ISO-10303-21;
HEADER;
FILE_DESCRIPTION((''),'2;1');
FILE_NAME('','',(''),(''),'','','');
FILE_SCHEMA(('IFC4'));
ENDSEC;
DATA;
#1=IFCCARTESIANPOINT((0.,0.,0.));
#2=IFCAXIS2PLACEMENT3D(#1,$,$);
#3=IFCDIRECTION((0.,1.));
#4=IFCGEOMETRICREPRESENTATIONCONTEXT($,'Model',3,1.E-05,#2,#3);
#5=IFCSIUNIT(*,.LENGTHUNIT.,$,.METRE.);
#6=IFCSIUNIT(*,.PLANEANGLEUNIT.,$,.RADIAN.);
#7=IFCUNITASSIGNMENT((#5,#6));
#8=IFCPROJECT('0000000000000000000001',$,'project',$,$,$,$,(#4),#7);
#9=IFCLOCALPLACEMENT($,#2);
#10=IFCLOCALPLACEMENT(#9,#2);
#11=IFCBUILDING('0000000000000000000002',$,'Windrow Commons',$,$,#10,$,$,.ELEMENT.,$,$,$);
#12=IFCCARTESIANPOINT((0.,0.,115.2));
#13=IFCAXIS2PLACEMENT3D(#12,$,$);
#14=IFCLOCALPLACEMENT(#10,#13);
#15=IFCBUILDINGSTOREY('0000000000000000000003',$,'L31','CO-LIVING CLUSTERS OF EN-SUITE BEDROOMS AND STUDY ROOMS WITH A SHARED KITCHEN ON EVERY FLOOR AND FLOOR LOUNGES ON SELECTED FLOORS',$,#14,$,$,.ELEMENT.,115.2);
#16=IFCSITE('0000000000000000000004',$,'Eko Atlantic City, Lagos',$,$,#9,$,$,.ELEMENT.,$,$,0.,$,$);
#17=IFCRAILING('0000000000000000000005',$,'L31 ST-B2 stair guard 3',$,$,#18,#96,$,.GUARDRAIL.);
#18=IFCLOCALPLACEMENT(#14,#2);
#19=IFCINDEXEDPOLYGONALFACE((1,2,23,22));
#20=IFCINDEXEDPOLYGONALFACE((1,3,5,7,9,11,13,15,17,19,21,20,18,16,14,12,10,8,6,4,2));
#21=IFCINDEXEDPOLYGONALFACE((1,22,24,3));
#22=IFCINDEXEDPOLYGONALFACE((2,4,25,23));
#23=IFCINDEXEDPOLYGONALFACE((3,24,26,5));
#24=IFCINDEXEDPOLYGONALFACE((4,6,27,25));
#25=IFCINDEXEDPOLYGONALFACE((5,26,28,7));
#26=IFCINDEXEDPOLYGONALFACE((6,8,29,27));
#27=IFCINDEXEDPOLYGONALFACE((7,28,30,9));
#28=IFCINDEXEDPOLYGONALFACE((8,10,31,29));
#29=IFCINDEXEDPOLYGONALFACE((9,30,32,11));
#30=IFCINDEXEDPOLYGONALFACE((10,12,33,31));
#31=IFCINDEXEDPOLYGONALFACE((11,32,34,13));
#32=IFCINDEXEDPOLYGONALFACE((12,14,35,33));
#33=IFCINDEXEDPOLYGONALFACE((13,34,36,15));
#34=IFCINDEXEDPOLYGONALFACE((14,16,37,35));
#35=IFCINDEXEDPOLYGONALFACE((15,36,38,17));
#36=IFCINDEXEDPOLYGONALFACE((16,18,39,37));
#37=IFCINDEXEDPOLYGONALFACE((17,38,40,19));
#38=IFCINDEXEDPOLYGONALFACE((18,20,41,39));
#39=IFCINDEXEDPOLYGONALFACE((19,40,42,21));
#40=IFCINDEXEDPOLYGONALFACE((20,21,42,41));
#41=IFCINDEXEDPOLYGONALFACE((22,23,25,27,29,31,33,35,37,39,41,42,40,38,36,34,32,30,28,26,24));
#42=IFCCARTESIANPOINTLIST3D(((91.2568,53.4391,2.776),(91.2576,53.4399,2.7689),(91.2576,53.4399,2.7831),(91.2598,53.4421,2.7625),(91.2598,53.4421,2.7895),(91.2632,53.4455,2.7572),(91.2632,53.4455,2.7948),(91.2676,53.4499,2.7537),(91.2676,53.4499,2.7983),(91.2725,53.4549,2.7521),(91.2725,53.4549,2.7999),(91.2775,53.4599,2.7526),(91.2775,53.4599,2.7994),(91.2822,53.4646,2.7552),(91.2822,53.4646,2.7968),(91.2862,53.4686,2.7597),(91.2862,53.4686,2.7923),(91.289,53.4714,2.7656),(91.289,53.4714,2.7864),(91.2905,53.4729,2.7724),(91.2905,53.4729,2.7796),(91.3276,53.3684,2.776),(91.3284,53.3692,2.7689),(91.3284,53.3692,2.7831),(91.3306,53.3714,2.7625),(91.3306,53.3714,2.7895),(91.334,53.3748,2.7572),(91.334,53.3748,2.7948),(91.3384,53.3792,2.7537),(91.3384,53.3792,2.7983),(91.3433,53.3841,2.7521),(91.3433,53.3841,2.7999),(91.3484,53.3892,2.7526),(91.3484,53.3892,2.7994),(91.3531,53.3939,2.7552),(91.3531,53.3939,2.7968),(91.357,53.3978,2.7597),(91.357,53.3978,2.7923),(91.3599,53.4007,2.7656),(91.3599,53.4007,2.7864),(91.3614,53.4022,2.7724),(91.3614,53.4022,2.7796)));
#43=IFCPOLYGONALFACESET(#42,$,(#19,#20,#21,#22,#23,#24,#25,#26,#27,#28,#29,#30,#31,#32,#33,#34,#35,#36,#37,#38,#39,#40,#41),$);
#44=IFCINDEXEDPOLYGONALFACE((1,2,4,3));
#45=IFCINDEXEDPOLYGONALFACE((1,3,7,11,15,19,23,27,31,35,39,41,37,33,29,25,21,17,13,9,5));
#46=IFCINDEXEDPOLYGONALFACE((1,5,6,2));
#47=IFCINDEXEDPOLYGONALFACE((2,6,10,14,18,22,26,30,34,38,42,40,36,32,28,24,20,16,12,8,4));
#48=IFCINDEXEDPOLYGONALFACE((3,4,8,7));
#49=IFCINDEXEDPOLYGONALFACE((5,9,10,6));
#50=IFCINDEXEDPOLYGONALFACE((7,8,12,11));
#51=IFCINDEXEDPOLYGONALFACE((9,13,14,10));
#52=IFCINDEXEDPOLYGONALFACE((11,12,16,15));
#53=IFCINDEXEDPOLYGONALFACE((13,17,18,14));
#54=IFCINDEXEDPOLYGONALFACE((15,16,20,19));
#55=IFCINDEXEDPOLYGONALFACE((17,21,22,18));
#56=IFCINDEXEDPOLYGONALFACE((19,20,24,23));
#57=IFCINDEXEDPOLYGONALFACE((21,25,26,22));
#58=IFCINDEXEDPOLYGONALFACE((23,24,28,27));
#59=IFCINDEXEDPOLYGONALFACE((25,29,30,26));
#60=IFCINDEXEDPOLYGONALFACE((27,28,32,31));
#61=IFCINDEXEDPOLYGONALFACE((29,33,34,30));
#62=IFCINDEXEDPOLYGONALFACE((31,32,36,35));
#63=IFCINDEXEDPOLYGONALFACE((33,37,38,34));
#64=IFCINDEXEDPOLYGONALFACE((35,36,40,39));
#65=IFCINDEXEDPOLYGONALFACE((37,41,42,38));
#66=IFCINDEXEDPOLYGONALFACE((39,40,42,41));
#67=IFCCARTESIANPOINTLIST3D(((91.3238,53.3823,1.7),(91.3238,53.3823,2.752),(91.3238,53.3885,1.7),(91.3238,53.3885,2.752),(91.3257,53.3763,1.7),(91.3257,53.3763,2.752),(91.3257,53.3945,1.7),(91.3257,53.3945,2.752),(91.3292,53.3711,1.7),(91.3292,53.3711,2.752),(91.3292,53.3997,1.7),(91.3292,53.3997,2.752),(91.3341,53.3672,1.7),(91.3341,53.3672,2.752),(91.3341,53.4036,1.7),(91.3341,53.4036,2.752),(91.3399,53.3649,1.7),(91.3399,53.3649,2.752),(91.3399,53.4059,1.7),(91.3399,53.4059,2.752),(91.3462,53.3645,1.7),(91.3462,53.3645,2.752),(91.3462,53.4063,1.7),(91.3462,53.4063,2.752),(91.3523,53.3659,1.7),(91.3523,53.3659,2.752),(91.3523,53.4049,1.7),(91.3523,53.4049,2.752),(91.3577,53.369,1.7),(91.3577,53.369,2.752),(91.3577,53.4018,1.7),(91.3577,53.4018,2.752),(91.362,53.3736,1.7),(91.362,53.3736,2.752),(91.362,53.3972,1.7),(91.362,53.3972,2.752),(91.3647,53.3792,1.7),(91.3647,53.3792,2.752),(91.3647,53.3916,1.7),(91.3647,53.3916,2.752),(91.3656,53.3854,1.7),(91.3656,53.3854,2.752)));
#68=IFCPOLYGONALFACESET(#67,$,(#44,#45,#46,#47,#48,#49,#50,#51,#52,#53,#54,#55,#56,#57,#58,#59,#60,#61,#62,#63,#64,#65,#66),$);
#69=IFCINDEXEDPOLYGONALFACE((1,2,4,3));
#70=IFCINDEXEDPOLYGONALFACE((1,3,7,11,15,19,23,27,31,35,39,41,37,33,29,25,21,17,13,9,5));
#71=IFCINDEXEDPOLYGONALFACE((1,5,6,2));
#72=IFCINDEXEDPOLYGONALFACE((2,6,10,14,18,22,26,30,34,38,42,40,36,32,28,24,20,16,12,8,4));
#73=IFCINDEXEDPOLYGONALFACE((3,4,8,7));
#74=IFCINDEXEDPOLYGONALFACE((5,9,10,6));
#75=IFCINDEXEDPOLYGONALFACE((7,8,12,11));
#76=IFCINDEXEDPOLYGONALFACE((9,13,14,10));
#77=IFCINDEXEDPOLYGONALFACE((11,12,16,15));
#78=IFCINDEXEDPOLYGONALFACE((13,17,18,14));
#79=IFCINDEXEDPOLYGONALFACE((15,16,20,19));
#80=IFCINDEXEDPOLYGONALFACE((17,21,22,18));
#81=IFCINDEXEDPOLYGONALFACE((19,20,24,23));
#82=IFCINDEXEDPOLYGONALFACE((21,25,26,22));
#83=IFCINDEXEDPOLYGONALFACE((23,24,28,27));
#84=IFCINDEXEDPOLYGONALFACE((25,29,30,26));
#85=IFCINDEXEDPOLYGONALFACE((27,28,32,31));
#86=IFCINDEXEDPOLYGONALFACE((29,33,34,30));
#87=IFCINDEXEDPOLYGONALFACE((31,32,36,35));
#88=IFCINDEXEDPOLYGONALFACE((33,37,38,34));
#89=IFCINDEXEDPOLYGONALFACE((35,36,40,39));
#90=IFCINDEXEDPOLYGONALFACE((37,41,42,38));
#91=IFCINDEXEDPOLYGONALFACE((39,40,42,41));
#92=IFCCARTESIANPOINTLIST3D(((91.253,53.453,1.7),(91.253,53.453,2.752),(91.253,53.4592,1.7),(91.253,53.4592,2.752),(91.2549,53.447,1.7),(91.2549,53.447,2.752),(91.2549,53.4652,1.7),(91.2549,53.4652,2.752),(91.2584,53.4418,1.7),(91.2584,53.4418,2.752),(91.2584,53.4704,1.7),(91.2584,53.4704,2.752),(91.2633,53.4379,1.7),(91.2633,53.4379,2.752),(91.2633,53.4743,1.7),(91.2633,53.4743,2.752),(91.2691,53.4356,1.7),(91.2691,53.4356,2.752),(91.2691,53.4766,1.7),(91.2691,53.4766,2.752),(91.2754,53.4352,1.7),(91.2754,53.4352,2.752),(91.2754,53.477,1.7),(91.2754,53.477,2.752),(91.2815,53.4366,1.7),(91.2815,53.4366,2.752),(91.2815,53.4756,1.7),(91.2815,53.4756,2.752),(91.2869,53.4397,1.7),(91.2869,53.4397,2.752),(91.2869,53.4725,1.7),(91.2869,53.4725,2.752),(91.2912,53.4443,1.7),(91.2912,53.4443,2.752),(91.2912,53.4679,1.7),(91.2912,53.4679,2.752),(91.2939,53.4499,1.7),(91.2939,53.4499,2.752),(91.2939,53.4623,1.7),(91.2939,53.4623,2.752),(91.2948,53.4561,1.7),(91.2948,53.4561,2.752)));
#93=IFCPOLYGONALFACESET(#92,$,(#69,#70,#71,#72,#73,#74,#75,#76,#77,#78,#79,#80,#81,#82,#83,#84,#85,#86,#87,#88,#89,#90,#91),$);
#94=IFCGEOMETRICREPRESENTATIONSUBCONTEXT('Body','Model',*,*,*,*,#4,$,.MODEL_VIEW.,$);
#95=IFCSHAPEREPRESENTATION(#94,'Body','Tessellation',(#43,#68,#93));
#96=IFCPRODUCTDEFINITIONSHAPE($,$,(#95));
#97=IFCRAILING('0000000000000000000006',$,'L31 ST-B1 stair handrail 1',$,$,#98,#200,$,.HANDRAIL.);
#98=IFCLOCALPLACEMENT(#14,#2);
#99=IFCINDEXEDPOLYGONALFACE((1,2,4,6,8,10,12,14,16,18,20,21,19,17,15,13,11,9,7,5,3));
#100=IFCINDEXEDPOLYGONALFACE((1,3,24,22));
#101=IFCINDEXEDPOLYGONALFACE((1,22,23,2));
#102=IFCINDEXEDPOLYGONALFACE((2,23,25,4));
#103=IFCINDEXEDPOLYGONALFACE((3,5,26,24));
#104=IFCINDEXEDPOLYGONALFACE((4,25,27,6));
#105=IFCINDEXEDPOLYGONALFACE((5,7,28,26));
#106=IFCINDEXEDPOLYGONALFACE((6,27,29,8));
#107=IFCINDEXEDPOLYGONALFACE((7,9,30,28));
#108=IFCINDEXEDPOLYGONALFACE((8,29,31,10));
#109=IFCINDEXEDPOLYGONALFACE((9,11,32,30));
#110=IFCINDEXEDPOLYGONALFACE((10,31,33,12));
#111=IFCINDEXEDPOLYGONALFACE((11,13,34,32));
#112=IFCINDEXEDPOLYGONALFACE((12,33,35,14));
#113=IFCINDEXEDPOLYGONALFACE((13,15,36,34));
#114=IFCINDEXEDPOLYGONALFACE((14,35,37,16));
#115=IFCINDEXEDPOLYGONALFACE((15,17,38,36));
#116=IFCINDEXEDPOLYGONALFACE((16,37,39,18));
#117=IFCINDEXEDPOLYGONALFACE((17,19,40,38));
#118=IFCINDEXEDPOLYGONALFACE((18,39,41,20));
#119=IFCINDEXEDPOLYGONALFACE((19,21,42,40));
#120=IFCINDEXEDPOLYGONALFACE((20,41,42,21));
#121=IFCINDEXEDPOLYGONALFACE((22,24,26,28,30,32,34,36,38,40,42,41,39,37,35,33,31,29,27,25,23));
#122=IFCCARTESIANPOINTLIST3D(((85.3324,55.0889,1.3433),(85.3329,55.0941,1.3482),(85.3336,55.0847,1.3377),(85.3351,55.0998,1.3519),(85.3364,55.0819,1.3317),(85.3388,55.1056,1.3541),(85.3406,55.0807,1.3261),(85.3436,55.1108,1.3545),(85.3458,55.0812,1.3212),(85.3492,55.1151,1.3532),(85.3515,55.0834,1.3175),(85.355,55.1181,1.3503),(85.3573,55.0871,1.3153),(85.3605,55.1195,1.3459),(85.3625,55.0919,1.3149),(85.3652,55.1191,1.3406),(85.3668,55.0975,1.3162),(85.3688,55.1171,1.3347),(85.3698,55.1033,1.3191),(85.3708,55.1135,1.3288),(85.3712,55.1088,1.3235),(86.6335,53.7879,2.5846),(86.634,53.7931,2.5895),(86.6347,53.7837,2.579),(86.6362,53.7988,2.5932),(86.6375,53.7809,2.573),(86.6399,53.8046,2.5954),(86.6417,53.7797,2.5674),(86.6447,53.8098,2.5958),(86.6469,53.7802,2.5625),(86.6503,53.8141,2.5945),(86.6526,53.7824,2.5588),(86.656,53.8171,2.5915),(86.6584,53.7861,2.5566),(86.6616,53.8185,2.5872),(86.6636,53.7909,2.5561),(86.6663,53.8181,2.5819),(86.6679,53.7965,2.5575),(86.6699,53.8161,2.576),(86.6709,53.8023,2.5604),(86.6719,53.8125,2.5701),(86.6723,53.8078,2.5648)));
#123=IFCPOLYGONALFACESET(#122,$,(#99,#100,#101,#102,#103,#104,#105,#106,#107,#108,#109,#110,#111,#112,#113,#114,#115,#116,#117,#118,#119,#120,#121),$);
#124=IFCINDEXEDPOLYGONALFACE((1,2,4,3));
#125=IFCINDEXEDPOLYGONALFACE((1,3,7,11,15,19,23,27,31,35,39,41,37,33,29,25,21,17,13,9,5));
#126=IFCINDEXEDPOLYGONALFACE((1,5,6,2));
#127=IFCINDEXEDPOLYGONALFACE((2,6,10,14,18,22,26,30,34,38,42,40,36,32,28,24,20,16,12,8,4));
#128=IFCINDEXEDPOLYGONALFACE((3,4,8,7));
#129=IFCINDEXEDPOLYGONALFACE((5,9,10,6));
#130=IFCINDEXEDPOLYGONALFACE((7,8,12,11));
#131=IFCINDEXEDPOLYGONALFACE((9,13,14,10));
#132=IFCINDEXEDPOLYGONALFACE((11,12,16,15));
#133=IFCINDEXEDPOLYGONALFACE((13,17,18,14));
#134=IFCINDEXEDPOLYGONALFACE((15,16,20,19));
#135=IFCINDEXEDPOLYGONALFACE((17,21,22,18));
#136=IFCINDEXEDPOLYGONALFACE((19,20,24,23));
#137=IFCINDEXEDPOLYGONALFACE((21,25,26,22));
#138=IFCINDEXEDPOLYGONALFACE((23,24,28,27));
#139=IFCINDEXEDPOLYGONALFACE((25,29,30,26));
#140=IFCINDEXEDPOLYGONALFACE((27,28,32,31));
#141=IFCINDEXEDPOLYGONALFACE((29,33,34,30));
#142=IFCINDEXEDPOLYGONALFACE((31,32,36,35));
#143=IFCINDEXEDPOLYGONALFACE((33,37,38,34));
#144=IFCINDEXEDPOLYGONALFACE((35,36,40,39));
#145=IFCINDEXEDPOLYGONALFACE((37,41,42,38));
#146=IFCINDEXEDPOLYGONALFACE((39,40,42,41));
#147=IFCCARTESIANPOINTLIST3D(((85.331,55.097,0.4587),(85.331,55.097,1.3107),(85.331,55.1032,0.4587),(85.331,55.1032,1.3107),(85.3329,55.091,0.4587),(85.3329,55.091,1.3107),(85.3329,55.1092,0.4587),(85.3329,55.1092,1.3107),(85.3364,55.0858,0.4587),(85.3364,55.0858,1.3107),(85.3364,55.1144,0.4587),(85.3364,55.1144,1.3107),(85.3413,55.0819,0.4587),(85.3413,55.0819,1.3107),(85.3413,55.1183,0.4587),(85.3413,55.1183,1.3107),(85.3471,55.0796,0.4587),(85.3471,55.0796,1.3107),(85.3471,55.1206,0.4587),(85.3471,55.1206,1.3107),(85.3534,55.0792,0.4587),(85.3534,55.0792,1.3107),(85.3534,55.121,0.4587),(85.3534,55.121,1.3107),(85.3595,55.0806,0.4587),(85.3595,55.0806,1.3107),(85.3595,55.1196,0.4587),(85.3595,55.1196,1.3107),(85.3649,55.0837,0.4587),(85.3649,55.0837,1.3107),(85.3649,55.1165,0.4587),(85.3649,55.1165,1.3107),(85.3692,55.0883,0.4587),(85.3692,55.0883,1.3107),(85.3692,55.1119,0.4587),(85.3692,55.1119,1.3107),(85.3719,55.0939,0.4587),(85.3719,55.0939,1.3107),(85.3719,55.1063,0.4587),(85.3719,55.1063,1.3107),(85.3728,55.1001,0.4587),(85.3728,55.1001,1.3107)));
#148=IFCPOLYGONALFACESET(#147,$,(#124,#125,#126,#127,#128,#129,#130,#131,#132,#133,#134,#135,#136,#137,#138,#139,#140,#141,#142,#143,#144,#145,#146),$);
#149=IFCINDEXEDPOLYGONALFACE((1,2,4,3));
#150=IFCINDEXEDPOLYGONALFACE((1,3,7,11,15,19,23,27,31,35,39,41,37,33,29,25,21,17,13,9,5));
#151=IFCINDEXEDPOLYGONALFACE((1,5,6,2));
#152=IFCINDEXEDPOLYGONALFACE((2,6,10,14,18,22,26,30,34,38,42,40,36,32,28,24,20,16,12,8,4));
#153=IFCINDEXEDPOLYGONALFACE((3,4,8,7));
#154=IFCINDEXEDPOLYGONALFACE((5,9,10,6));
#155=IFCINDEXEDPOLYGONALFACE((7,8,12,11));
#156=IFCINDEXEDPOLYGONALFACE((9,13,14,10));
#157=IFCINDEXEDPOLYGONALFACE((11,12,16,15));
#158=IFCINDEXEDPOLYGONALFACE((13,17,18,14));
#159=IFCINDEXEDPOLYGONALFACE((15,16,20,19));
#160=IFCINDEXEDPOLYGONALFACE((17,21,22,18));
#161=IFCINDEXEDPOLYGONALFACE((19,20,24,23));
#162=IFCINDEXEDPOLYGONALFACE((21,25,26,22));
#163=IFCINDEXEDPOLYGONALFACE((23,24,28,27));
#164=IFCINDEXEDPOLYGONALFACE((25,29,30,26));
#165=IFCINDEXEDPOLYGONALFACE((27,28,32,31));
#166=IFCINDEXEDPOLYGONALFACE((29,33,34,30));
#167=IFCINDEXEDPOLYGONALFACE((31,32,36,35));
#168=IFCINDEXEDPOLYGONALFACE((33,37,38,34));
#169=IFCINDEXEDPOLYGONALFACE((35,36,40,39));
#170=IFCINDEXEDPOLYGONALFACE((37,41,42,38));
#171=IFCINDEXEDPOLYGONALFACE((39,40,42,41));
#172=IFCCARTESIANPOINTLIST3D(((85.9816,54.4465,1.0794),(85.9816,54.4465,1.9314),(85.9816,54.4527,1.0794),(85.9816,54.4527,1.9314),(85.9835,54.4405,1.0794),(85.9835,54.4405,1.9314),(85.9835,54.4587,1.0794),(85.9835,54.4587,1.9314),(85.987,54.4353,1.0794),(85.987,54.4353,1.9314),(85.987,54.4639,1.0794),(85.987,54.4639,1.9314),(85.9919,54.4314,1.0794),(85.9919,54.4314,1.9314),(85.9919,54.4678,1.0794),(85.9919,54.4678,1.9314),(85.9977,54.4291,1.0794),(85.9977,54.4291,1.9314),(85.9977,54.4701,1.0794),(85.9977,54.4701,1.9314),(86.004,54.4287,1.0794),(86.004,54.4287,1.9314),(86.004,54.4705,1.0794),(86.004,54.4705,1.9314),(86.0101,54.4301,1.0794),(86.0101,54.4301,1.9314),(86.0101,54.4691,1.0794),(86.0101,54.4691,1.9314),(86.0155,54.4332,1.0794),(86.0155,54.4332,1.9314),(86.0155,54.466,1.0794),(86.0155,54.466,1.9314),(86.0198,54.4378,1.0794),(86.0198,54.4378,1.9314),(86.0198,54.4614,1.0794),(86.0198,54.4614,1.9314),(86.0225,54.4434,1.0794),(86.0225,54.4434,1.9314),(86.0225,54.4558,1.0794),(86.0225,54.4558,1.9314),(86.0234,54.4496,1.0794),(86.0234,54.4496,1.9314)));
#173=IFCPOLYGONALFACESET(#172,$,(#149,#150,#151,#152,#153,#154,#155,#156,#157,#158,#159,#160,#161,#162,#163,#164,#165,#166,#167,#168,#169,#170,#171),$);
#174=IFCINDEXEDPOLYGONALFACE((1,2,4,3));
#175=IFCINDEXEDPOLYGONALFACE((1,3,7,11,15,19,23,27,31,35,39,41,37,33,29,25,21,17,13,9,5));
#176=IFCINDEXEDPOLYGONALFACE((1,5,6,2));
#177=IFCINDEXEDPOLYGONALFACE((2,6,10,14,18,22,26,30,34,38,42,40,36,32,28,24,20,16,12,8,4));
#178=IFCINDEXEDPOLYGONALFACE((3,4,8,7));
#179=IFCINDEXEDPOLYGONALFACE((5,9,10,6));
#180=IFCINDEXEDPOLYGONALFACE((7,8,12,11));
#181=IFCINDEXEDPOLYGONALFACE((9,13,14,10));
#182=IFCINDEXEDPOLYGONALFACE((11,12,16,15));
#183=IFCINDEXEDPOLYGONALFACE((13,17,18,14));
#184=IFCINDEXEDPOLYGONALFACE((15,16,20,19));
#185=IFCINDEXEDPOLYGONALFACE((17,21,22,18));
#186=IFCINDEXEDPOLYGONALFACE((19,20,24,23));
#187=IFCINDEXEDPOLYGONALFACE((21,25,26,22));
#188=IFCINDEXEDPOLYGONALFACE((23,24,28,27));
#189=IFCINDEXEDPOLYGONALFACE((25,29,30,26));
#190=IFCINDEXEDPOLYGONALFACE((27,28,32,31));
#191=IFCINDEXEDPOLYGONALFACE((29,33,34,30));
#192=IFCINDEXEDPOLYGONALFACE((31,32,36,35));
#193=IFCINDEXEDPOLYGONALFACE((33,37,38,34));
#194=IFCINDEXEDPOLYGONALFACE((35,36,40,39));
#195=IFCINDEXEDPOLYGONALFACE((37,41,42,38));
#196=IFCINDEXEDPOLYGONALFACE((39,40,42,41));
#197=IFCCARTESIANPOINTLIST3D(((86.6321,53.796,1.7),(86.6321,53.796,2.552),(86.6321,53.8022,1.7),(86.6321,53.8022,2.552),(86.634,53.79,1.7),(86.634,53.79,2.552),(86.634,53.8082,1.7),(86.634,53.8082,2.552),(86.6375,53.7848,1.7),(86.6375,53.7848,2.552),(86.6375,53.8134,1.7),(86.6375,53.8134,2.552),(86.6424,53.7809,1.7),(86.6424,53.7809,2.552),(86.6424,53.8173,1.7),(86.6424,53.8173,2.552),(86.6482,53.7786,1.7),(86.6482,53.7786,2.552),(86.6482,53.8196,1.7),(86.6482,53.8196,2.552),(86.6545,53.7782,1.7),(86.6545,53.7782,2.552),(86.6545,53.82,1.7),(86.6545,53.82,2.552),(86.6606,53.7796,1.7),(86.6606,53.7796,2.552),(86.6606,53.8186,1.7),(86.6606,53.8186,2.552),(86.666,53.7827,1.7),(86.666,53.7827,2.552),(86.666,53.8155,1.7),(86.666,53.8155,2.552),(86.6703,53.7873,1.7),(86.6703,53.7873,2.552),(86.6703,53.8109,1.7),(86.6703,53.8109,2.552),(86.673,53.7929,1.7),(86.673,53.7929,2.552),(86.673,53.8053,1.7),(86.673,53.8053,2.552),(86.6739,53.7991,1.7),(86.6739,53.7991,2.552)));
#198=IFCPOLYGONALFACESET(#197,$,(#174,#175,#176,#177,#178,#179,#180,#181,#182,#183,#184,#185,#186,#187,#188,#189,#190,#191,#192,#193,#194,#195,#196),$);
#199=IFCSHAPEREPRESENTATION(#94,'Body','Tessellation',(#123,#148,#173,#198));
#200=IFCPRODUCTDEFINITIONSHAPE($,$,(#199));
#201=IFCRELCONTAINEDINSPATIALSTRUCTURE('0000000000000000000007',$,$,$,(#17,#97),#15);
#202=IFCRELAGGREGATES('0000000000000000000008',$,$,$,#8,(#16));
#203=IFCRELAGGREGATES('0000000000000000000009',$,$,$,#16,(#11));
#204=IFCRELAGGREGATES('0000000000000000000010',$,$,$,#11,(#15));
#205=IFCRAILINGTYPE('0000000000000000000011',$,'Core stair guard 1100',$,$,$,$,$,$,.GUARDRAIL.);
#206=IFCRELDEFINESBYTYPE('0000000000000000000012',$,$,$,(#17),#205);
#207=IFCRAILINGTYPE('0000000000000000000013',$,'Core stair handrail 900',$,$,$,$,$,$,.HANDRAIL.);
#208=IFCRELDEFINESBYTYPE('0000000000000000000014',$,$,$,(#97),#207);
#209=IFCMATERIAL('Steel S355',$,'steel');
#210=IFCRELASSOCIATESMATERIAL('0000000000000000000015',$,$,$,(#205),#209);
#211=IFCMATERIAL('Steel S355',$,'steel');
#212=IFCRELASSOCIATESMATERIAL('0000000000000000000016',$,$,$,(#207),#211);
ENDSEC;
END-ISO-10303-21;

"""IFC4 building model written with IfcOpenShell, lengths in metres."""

from ifc_helpers import new_model, si_unit, direction, frame, origin, origin_2d, place, context, subcontext, project, spatial, circle, extrude, material, type_object, element, save


model = new_model("IFC4")

# Units and contexts
model_context = context("Model", 3, precision=1e-05, world=origin(), true_north=direction((0.0, 1.0)))
body_context = subcontext(model_context, "Body", "Model", "MODEL_VIEW")
ifc_project = project(units=[si_unit("LENGTHUNIT", "METRE"), si_unit("PLANEANGLEUNIT", "RADIAN")], contexts=[model_context])

# Site, building, storey
site_placement = place(None, origin())
site = spatial("IfcSite", under=ifc_project, at=site_placement, Name="Eko Atlantic City, Lagos", CompositionType="ELEMENT", RefElevation=0.0)
building_placement = place(site_placement, origin())
building = spatial("IfcBuilding", under=site, at=building_placement, Name="Windrow Commons", CompositionType="ELEMENT")
storey_placement = place(building_placement, frame((0.0, 0.0, 115.2)))
storey = spatial("IfcBuildingStorey", under=building, at=storey_placement, Name="L31", Description="CO-LIVING CLUSTERS OF EN-SUITE BEDROOMS AND STUDY ROOMS WITH A SHARED KITCHEN ON EVERY FLOOR AND FLOOR LOUNGES ON SELECTED FLOORS", CompositionType="ELEMENT", Elevation=115.2)

# Railings
ifc_material_1 = material(Name="Steel S355", Category="steel")
railing_type_1 = type_object("IfcRailingType", Name="Core stair guard 1100", PredefinedType="GUARDRAIL", material=ifc_material_1)
railing_1_placement = place(storey_placement, frame((91.3446, 53.3854, 1.7)))
element("IfcRailing", 1, at=railing_1_placement, inside=storey, type_object=railing_type_1, Name="L31 ST-B2 stair guard 3", PredefinedType="GUARDRAIL", context=body_context, shape_type="SweptSolid", body=[
    extrude(circle(Radius=0.024, at=origin_2d()), frame((0.0, 0.0, 1.076), z_axis=(-0.707606, 0.706607, 0.0), x_axis=(-0.706607, -0.707606, 0.0)), (0.0, 0.0, 1.0), 0.1001),
    extrude(circle(Radius=0.021, at=origin_2d()), origin(), (0.0, 0.0, 1.0), 1.052),
    extrude(circle(Radius=0.021, at=origin_2d()), frame((-0.0708, 0.0707, 0.0)), (0.0, 0.0, 1.0), 1.052),
])
ifc_material_2 = material(Name="Steel S355", Category="steel")
railing_type_2 = type_object("IfcRailingType", Name="Core stair handrail 900", PredefinedType="HANDRAIL", material=ifc_material_2)
railing_2_placement = place(storey_placement, frame((85.3518, 55.1001, 0.4587)))
element("IfcRailing", 2, at=railing_2_placement, inside=storey, type_object=railing_type_2, Name="L31 ST-B1 stair handrail 1", PredefinedType="HANDRAIL", context=body_context, shape_type="SweptSolid", body=[
    extrude(circle(Radius=0.024, at=origin_2d()), frame((0.0, 0.0, 0.876), z_axis=(0.586207, -0.586162, 0.559264), x_axis=(0.70708, 0.707134, 0.0)), (0.0, 0.0, 1.0), 2.2195),
    extrude(circle(Radius=0.021, at=origin_2d()), origin(), (0.0, 0.0, 1.0), 0.852),
    extrude(circle(Radius=0.021, at=origin_2d()), frame((0.6506, -0.6505, 0.6207)), (0.0, 0.0, 1.0), 0.852),
    extrude(circle(Radius=0.021, at=origin_2d()), frame((1.3011, -1.301, 1.2413)), (0.0, 0.0, 1.0), 0.852),
])

save(model, "model.ifc")
